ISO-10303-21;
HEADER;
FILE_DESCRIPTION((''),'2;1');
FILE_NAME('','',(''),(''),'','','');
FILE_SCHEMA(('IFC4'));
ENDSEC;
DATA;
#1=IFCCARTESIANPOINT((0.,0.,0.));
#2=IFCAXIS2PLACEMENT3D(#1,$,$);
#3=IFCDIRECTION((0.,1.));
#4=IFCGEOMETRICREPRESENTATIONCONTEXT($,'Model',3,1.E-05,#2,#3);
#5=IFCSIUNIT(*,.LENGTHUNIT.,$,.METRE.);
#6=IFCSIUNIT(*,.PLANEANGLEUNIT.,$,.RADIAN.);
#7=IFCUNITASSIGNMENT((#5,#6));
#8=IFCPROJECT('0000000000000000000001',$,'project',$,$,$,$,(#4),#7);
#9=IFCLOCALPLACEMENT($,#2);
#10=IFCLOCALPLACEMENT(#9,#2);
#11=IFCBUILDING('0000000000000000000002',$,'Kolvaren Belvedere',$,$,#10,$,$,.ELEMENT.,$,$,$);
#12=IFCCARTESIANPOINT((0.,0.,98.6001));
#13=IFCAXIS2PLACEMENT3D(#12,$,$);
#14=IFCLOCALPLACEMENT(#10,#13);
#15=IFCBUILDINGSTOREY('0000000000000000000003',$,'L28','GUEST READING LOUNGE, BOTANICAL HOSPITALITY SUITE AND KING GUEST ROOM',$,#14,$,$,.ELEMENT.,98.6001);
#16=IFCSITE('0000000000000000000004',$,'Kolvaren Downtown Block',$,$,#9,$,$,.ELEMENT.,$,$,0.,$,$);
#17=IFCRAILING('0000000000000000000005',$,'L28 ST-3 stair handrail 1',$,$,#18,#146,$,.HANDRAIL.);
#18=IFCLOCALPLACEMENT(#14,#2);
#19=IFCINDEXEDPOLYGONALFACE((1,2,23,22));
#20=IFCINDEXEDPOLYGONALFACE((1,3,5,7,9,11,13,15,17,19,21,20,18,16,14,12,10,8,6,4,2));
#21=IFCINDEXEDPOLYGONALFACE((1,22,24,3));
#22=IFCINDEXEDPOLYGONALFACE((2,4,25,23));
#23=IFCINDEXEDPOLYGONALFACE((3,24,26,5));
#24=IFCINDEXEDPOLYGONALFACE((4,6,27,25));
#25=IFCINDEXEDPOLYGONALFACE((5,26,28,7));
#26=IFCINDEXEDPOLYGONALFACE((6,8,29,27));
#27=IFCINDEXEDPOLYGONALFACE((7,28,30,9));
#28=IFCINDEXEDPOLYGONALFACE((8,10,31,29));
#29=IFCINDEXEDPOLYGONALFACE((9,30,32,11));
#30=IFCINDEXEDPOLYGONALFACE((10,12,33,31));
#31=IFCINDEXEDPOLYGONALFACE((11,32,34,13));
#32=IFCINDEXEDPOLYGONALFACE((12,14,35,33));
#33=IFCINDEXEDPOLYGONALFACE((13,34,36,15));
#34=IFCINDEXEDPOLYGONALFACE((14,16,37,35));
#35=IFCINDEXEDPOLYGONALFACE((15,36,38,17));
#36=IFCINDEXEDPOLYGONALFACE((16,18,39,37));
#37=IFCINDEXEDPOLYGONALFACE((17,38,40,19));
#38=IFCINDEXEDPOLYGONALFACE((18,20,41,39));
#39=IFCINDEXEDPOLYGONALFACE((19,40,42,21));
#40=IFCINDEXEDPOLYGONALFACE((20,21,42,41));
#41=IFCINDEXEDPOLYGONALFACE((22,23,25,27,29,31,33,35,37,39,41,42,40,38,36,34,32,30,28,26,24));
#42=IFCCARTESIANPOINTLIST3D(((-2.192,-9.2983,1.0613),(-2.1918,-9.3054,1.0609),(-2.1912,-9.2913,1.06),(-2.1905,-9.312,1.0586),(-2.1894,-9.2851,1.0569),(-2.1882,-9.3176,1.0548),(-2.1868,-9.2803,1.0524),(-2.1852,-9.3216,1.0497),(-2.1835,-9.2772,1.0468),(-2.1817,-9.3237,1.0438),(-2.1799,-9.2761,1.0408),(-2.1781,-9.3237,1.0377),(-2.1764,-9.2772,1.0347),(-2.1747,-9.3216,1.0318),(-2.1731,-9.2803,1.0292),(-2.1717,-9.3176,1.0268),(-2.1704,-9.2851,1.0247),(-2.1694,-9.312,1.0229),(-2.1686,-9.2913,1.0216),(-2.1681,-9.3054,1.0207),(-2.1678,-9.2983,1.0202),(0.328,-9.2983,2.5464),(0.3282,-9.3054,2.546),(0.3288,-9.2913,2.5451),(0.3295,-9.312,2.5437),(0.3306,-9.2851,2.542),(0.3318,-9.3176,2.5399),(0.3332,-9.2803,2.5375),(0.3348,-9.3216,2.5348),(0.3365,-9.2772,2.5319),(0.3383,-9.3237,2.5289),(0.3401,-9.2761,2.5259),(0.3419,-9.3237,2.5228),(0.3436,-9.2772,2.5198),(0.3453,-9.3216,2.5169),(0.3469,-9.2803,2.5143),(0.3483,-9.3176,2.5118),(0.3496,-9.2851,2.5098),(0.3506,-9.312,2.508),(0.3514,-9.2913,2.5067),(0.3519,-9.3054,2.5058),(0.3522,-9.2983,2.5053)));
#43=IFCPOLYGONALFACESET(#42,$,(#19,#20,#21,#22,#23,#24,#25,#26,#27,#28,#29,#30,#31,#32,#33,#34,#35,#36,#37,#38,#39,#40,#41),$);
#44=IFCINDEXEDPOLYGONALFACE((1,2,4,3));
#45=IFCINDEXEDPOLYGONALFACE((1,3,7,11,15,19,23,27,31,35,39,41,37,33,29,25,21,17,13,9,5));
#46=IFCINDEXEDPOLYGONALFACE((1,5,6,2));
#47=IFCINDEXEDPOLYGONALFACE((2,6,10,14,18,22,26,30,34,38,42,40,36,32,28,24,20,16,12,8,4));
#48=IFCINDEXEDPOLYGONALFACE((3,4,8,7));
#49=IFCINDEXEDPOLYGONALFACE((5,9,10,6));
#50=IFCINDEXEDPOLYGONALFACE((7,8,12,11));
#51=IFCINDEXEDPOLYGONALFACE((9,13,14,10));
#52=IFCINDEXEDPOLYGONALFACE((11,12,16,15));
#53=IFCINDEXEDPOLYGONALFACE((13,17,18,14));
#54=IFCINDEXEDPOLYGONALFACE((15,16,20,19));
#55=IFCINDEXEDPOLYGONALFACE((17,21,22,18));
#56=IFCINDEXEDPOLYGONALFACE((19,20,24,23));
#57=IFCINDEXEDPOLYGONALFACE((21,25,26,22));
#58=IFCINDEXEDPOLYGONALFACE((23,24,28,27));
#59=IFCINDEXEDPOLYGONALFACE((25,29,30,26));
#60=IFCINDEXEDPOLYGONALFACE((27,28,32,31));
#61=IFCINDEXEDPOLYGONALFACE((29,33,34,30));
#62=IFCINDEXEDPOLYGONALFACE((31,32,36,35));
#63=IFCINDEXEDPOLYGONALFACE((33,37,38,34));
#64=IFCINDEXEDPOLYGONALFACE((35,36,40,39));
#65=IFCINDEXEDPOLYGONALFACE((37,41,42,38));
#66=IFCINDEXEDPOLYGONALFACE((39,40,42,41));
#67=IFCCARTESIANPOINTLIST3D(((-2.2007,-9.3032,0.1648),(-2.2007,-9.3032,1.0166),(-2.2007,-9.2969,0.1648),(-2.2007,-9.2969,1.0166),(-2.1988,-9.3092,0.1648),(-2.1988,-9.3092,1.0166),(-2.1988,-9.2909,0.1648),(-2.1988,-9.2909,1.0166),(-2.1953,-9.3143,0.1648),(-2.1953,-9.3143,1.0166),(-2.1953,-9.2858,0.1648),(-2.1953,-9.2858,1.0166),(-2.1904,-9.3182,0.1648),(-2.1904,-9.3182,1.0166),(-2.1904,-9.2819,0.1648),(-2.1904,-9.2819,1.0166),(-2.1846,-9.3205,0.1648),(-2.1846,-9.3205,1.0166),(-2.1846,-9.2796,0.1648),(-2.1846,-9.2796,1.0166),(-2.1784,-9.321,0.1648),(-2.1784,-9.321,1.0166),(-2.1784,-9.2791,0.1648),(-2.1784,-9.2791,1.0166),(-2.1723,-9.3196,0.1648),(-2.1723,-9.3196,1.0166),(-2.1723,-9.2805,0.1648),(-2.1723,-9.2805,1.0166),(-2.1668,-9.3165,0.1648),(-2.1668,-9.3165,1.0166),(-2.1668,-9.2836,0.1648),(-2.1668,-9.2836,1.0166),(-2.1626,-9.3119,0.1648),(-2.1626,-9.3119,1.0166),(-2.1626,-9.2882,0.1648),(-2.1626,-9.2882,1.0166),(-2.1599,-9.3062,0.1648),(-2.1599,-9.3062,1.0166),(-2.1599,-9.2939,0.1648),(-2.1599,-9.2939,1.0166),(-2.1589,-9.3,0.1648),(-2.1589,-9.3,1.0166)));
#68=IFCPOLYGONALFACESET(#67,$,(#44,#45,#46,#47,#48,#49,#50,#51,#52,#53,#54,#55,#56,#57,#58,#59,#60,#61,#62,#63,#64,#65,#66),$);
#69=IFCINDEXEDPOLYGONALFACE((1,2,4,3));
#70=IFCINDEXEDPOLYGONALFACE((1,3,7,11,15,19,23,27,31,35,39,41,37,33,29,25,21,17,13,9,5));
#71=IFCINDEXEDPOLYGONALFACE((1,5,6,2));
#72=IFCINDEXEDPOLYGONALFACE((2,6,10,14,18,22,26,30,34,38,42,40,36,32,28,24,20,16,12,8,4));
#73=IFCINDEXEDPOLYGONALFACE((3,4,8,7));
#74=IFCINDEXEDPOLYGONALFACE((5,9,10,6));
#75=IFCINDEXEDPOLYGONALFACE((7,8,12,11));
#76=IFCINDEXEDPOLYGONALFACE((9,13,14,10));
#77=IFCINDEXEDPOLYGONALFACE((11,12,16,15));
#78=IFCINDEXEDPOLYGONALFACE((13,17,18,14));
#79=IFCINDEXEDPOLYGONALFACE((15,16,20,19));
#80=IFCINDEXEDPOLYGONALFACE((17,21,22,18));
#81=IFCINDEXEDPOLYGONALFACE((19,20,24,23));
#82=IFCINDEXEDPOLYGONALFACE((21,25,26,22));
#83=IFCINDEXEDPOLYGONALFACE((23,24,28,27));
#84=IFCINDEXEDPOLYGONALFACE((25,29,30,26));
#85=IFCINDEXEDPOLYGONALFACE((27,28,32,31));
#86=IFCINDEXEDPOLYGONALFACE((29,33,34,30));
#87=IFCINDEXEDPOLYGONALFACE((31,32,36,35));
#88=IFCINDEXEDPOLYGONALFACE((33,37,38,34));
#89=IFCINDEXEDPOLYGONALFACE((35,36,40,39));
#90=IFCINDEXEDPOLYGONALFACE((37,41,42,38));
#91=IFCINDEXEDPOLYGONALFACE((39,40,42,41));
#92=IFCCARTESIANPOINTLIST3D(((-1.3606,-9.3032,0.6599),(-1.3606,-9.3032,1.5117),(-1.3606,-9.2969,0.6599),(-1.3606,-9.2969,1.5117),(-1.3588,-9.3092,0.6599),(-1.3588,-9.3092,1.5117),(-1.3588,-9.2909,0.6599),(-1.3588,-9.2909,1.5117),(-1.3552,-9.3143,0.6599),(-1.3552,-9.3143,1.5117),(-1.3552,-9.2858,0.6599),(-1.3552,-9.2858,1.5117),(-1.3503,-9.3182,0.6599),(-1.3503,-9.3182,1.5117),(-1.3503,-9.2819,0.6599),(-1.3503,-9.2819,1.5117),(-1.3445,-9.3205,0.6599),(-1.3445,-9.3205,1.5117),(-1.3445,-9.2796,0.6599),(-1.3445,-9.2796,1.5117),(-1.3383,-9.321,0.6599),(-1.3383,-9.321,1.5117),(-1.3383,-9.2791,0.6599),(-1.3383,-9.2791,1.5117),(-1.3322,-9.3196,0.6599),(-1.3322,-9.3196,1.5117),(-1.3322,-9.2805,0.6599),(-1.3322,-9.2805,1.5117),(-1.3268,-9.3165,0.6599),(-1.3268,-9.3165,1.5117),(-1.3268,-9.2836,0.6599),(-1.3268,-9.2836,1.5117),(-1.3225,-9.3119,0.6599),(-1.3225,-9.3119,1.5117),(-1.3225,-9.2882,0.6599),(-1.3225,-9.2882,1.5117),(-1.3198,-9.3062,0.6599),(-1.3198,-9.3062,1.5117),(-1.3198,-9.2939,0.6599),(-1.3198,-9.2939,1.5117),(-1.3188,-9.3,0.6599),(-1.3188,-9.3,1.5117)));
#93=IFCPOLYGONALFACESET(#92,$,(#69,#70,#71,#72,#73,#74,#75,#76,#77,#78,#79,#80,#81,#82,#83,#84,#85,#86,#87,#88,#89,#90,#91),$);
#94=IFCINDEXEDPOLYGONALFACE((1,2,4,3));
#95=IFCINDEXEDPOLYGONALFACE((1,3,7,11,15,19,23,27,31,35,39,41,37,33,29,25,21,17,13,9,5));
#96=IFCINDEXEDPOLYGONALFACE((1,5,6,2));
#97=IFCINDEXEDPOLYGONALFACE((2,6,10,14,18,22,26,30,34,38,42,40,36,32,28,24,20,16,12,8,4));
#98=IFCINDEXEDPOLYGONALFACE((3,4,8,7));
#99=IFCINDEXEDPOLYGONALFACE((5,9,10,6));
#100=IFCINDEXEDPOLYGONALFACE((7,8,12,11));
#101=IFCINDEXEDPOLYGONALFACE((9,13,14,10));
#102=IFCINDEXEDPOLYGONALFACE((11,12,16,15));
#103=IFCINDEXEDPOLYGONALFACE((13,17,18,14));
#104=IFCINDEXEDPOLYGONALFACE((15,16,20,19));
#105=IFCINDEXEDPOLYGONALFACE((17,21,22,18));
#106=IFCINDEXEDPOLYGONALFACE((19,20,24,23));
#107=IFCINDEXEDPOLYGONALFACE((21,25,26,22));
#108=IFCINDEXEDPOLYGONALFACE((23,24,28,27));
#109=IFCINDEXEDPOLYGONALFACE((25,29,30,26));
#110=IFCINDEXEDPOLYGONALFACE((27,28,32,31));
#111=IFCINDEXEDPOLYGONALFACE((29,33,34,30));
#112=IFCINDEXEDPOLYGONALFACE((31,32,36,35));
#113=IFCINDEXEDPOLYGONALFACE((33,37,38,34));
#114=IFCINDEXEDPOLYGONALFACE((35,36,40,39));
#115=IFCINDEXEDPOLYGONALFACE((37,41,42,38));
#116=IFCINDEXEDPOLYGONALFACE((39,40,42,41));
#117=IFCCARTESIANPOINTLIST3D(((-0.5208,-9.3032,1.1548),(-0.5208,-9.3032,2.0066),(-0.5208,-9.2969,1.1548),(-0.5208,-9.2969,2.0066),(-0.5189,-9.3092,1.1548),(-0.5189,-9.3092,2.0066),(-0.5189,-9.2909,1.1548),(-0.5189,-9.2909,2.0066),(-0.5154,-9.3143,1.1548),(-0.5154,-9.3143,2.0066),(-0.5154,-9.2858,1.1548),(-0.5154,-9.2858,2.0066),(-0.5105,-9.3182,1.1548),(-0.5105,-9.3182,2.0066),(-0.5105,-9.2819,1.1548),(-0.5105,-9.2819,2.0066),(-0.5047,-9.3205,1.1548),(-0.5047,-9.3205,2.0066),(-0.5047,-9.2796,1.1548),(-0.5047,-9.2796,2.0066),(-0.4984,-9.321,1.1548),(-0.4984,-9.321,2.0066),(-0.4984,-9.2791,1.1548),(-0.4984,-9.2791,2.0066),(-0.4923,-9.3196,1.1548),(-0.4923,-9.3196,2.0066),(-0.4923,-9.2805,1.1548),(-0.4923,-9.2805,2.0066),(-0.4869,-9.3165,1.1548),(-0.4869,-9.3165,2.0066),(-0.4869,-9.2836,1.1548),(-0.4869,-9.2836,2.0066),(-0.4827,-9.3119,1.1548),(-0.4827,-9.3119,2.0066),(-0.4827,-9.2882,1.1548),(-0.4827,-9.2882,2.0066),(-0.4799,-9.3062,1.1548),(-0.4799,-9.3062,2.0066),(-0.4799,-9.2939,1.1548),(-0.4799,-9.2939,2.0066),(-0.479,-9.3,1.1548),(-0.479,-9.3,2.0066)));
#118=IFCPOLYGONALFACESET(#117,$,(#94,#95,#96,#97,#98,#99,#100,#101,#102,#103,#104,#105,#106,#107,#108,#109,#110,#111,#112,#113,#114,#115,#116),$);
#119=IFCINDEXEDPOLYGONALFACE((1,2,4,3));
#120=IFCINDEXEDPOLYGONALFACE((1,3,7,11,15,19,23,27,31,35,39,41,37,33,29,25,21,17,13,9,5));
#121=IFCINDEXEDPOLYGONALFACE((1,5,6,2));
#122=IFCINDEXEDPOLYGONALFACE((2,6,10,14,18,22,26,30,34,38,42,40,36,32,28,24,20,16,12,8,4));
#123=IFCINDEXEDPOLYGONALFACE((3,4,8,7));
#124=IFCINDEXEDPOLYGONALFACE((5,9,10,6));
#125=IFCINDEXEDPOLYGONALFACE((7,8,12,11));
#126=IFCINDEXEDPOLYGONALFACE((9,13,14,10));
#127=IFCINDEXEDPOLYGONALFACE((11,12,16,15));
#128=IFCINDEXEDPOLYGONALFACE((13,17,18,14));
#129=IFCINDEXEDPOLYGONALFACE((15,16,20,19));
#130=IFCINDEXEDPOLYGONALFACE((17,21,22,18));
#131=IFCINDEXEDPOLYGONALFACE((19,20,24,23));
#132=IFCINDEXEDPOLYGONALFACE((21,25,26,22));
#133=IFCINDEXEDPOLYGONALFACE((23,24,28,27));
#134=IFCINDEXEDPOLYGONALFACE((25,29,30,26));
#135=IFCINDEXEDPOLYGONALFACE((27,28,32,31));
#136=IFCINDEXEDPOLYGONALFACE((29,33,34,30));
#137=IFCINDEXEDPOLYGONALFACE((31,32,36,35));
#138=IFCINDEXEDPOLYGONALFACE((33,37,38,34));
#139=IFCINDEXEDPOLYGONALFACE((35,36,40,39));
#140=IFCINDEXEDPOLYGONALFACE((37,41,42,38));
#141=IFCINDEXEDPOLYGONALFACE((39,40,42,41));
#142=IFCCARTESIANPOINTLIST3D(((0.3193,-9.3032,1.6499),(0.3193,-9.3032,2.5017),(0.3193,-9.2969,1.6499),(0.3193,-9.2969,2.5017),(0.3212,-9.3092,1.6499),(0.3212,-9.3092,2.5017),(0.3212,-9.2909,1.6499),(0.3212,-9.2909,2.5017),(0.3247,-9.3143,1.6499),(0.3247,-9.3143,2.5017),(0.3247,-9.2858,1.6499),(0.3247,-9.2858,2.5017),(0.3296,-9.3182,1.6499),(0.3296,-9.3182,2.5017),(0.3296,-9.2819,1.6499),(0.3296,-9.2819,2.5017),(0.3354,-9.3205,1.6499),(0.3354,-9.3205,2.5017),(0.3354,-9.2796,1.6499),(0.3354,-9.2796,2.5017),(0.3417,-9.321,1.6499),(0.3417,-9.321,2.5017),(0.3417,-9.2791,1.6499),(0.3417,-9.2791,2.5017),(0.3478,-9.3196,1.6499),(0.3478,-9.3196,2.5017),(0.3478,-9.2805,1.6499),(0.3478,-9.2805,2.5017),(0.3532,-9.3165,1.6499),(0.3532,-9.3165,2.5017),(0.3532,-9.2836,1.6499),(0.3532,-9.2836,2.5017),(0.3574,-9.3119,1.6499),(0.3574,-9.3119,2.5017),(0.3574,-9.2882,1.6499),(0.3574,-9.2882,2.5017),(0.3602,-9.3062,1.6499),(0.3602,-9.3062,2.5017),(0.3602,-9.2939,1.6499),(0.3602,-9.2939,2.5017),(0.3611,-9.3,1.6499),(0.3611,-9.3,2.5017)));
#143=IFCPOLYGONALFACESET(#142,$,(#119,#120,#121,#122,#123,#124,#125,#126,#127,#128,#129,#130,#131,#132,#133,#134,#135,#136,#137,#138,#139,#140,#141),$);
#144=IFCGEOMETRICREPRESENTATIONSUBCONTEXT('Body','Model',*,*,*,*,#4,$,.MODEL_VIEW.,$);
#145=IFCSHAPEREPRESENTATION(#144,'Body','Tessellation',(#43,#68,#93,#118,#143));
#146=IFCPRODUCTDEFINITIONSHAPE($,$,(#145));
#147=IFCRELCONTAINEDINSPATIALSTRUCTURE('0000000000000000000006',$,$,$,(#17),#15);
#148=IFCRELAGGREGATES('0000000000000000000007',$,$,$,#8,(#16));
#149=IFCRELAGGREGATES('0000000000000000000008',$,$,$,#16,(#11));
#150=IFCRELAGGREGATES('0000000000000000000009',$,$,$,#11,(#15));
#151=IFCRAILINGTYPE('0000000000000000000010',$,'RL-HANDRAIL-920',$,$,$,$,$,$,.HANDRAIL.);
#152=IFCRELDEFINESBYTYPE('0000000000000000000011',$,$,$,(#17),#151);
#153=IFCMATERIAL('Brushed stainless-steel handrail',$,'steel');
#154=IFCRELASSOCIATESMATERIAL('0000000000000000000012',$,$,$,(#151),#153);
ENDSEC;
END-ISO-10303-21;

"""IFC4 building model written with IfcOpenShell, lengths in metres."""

from ifc_helpers import new_model, si_unit, direction, frame, origin, origin_2d, place, context, subcontext, project, spatial, circle, extrude, material, type_object, element, save


model = new_model("IFC4")

# Units and contexts
model_context = context("Model", 3, precision=1e-05, world=origin(), true_north=direction((0.0, 1.0)))
body_context = subcontext(model_context, "Body", "Model", "MODEL_VIEW")
ifc_project = project(units=[si_unit("LENGTHUNIT", "METRE"), si_unit("PLANEANGLEUNIT", "RADIAN")], contexts=[model_context])

# Site, building, storey
site_placement = place(None, origin())
site = spatial("IfcSite", under=ifc_project, at=site_placement, Name="Kolvaren Downtown Block", CompositionType="ELEMENT", RefElevation=0.0)
building_placement = place(site_placement, origin())
building = spatial("IfcBuilding", under=site, at=building_placement, Name="Kolvaren Belvedere", CompositionType="ELEMENT")
storey_placement = place(building_placement, frame((0.0, 0.0, 98.6001)))
storey = spatial("IfcBuildingStorey", under=building, at=storey_placement, Name="L28", Description="GUEST READING LOUNGE, BOTANICAL HOSPITALITY SUITE AND KING GUEST ROOM", CompositionType="ELEMENT", Elevation=98.6001)

# Railing
ifc_material_1 = material(Name="Brushed stainless-steel handrail", Category="steel")
railing_type_1 = type_object("IfcRailingType", Name="RL-HANDRAIL-920", PredefinedType="HANDRAIL", material=ifc_material_1)
railing_1_placement = place(storey_placement, frame((-2.1799, -9.3, 0.1648)))
element("IfcRailing", 1, at=railing_1_placement, inside=storey, type_object=railing_type_1, Name="L28 ST-3 stair handrail 1", PredefinedType="HANDRAIL", context=body_context, shape_type="SweptSolid", body=[
    extrude(circle(Radius=0.0239, at=origin_2d()), frame((0.0, 0.0, 0.876), z_axis=(0.861524, 0.0, 0.507717), x_axis=(0.0, 1.0, 0.0)), (0.0, 0.0, 1.0), 2.925),
    extrude(circle(Radius=0.021, at=origin_2d()), origin(), (0.0, 0.0, 1.0), 0.8518),
    extrude(circle(Radius=0.021, at=origin_2d()), frame((0.8401, 0.0, 0.4951)), (0.0, 0.0, 1.0), 0.8518),
    extrude(circle(Radius=0.021, at=origin_2d()), frame((1.6799, 0.0, 0.99)), (0.0, 0.0, 1.0), 0.8518),
    extrude(circle(Radius=0.021, at=origin_2d()), frame((2.52, 0.0, 1.4851)), (0.0, 0.0, 1.0), 0.8518),
])

save(model, "model.ifc")
